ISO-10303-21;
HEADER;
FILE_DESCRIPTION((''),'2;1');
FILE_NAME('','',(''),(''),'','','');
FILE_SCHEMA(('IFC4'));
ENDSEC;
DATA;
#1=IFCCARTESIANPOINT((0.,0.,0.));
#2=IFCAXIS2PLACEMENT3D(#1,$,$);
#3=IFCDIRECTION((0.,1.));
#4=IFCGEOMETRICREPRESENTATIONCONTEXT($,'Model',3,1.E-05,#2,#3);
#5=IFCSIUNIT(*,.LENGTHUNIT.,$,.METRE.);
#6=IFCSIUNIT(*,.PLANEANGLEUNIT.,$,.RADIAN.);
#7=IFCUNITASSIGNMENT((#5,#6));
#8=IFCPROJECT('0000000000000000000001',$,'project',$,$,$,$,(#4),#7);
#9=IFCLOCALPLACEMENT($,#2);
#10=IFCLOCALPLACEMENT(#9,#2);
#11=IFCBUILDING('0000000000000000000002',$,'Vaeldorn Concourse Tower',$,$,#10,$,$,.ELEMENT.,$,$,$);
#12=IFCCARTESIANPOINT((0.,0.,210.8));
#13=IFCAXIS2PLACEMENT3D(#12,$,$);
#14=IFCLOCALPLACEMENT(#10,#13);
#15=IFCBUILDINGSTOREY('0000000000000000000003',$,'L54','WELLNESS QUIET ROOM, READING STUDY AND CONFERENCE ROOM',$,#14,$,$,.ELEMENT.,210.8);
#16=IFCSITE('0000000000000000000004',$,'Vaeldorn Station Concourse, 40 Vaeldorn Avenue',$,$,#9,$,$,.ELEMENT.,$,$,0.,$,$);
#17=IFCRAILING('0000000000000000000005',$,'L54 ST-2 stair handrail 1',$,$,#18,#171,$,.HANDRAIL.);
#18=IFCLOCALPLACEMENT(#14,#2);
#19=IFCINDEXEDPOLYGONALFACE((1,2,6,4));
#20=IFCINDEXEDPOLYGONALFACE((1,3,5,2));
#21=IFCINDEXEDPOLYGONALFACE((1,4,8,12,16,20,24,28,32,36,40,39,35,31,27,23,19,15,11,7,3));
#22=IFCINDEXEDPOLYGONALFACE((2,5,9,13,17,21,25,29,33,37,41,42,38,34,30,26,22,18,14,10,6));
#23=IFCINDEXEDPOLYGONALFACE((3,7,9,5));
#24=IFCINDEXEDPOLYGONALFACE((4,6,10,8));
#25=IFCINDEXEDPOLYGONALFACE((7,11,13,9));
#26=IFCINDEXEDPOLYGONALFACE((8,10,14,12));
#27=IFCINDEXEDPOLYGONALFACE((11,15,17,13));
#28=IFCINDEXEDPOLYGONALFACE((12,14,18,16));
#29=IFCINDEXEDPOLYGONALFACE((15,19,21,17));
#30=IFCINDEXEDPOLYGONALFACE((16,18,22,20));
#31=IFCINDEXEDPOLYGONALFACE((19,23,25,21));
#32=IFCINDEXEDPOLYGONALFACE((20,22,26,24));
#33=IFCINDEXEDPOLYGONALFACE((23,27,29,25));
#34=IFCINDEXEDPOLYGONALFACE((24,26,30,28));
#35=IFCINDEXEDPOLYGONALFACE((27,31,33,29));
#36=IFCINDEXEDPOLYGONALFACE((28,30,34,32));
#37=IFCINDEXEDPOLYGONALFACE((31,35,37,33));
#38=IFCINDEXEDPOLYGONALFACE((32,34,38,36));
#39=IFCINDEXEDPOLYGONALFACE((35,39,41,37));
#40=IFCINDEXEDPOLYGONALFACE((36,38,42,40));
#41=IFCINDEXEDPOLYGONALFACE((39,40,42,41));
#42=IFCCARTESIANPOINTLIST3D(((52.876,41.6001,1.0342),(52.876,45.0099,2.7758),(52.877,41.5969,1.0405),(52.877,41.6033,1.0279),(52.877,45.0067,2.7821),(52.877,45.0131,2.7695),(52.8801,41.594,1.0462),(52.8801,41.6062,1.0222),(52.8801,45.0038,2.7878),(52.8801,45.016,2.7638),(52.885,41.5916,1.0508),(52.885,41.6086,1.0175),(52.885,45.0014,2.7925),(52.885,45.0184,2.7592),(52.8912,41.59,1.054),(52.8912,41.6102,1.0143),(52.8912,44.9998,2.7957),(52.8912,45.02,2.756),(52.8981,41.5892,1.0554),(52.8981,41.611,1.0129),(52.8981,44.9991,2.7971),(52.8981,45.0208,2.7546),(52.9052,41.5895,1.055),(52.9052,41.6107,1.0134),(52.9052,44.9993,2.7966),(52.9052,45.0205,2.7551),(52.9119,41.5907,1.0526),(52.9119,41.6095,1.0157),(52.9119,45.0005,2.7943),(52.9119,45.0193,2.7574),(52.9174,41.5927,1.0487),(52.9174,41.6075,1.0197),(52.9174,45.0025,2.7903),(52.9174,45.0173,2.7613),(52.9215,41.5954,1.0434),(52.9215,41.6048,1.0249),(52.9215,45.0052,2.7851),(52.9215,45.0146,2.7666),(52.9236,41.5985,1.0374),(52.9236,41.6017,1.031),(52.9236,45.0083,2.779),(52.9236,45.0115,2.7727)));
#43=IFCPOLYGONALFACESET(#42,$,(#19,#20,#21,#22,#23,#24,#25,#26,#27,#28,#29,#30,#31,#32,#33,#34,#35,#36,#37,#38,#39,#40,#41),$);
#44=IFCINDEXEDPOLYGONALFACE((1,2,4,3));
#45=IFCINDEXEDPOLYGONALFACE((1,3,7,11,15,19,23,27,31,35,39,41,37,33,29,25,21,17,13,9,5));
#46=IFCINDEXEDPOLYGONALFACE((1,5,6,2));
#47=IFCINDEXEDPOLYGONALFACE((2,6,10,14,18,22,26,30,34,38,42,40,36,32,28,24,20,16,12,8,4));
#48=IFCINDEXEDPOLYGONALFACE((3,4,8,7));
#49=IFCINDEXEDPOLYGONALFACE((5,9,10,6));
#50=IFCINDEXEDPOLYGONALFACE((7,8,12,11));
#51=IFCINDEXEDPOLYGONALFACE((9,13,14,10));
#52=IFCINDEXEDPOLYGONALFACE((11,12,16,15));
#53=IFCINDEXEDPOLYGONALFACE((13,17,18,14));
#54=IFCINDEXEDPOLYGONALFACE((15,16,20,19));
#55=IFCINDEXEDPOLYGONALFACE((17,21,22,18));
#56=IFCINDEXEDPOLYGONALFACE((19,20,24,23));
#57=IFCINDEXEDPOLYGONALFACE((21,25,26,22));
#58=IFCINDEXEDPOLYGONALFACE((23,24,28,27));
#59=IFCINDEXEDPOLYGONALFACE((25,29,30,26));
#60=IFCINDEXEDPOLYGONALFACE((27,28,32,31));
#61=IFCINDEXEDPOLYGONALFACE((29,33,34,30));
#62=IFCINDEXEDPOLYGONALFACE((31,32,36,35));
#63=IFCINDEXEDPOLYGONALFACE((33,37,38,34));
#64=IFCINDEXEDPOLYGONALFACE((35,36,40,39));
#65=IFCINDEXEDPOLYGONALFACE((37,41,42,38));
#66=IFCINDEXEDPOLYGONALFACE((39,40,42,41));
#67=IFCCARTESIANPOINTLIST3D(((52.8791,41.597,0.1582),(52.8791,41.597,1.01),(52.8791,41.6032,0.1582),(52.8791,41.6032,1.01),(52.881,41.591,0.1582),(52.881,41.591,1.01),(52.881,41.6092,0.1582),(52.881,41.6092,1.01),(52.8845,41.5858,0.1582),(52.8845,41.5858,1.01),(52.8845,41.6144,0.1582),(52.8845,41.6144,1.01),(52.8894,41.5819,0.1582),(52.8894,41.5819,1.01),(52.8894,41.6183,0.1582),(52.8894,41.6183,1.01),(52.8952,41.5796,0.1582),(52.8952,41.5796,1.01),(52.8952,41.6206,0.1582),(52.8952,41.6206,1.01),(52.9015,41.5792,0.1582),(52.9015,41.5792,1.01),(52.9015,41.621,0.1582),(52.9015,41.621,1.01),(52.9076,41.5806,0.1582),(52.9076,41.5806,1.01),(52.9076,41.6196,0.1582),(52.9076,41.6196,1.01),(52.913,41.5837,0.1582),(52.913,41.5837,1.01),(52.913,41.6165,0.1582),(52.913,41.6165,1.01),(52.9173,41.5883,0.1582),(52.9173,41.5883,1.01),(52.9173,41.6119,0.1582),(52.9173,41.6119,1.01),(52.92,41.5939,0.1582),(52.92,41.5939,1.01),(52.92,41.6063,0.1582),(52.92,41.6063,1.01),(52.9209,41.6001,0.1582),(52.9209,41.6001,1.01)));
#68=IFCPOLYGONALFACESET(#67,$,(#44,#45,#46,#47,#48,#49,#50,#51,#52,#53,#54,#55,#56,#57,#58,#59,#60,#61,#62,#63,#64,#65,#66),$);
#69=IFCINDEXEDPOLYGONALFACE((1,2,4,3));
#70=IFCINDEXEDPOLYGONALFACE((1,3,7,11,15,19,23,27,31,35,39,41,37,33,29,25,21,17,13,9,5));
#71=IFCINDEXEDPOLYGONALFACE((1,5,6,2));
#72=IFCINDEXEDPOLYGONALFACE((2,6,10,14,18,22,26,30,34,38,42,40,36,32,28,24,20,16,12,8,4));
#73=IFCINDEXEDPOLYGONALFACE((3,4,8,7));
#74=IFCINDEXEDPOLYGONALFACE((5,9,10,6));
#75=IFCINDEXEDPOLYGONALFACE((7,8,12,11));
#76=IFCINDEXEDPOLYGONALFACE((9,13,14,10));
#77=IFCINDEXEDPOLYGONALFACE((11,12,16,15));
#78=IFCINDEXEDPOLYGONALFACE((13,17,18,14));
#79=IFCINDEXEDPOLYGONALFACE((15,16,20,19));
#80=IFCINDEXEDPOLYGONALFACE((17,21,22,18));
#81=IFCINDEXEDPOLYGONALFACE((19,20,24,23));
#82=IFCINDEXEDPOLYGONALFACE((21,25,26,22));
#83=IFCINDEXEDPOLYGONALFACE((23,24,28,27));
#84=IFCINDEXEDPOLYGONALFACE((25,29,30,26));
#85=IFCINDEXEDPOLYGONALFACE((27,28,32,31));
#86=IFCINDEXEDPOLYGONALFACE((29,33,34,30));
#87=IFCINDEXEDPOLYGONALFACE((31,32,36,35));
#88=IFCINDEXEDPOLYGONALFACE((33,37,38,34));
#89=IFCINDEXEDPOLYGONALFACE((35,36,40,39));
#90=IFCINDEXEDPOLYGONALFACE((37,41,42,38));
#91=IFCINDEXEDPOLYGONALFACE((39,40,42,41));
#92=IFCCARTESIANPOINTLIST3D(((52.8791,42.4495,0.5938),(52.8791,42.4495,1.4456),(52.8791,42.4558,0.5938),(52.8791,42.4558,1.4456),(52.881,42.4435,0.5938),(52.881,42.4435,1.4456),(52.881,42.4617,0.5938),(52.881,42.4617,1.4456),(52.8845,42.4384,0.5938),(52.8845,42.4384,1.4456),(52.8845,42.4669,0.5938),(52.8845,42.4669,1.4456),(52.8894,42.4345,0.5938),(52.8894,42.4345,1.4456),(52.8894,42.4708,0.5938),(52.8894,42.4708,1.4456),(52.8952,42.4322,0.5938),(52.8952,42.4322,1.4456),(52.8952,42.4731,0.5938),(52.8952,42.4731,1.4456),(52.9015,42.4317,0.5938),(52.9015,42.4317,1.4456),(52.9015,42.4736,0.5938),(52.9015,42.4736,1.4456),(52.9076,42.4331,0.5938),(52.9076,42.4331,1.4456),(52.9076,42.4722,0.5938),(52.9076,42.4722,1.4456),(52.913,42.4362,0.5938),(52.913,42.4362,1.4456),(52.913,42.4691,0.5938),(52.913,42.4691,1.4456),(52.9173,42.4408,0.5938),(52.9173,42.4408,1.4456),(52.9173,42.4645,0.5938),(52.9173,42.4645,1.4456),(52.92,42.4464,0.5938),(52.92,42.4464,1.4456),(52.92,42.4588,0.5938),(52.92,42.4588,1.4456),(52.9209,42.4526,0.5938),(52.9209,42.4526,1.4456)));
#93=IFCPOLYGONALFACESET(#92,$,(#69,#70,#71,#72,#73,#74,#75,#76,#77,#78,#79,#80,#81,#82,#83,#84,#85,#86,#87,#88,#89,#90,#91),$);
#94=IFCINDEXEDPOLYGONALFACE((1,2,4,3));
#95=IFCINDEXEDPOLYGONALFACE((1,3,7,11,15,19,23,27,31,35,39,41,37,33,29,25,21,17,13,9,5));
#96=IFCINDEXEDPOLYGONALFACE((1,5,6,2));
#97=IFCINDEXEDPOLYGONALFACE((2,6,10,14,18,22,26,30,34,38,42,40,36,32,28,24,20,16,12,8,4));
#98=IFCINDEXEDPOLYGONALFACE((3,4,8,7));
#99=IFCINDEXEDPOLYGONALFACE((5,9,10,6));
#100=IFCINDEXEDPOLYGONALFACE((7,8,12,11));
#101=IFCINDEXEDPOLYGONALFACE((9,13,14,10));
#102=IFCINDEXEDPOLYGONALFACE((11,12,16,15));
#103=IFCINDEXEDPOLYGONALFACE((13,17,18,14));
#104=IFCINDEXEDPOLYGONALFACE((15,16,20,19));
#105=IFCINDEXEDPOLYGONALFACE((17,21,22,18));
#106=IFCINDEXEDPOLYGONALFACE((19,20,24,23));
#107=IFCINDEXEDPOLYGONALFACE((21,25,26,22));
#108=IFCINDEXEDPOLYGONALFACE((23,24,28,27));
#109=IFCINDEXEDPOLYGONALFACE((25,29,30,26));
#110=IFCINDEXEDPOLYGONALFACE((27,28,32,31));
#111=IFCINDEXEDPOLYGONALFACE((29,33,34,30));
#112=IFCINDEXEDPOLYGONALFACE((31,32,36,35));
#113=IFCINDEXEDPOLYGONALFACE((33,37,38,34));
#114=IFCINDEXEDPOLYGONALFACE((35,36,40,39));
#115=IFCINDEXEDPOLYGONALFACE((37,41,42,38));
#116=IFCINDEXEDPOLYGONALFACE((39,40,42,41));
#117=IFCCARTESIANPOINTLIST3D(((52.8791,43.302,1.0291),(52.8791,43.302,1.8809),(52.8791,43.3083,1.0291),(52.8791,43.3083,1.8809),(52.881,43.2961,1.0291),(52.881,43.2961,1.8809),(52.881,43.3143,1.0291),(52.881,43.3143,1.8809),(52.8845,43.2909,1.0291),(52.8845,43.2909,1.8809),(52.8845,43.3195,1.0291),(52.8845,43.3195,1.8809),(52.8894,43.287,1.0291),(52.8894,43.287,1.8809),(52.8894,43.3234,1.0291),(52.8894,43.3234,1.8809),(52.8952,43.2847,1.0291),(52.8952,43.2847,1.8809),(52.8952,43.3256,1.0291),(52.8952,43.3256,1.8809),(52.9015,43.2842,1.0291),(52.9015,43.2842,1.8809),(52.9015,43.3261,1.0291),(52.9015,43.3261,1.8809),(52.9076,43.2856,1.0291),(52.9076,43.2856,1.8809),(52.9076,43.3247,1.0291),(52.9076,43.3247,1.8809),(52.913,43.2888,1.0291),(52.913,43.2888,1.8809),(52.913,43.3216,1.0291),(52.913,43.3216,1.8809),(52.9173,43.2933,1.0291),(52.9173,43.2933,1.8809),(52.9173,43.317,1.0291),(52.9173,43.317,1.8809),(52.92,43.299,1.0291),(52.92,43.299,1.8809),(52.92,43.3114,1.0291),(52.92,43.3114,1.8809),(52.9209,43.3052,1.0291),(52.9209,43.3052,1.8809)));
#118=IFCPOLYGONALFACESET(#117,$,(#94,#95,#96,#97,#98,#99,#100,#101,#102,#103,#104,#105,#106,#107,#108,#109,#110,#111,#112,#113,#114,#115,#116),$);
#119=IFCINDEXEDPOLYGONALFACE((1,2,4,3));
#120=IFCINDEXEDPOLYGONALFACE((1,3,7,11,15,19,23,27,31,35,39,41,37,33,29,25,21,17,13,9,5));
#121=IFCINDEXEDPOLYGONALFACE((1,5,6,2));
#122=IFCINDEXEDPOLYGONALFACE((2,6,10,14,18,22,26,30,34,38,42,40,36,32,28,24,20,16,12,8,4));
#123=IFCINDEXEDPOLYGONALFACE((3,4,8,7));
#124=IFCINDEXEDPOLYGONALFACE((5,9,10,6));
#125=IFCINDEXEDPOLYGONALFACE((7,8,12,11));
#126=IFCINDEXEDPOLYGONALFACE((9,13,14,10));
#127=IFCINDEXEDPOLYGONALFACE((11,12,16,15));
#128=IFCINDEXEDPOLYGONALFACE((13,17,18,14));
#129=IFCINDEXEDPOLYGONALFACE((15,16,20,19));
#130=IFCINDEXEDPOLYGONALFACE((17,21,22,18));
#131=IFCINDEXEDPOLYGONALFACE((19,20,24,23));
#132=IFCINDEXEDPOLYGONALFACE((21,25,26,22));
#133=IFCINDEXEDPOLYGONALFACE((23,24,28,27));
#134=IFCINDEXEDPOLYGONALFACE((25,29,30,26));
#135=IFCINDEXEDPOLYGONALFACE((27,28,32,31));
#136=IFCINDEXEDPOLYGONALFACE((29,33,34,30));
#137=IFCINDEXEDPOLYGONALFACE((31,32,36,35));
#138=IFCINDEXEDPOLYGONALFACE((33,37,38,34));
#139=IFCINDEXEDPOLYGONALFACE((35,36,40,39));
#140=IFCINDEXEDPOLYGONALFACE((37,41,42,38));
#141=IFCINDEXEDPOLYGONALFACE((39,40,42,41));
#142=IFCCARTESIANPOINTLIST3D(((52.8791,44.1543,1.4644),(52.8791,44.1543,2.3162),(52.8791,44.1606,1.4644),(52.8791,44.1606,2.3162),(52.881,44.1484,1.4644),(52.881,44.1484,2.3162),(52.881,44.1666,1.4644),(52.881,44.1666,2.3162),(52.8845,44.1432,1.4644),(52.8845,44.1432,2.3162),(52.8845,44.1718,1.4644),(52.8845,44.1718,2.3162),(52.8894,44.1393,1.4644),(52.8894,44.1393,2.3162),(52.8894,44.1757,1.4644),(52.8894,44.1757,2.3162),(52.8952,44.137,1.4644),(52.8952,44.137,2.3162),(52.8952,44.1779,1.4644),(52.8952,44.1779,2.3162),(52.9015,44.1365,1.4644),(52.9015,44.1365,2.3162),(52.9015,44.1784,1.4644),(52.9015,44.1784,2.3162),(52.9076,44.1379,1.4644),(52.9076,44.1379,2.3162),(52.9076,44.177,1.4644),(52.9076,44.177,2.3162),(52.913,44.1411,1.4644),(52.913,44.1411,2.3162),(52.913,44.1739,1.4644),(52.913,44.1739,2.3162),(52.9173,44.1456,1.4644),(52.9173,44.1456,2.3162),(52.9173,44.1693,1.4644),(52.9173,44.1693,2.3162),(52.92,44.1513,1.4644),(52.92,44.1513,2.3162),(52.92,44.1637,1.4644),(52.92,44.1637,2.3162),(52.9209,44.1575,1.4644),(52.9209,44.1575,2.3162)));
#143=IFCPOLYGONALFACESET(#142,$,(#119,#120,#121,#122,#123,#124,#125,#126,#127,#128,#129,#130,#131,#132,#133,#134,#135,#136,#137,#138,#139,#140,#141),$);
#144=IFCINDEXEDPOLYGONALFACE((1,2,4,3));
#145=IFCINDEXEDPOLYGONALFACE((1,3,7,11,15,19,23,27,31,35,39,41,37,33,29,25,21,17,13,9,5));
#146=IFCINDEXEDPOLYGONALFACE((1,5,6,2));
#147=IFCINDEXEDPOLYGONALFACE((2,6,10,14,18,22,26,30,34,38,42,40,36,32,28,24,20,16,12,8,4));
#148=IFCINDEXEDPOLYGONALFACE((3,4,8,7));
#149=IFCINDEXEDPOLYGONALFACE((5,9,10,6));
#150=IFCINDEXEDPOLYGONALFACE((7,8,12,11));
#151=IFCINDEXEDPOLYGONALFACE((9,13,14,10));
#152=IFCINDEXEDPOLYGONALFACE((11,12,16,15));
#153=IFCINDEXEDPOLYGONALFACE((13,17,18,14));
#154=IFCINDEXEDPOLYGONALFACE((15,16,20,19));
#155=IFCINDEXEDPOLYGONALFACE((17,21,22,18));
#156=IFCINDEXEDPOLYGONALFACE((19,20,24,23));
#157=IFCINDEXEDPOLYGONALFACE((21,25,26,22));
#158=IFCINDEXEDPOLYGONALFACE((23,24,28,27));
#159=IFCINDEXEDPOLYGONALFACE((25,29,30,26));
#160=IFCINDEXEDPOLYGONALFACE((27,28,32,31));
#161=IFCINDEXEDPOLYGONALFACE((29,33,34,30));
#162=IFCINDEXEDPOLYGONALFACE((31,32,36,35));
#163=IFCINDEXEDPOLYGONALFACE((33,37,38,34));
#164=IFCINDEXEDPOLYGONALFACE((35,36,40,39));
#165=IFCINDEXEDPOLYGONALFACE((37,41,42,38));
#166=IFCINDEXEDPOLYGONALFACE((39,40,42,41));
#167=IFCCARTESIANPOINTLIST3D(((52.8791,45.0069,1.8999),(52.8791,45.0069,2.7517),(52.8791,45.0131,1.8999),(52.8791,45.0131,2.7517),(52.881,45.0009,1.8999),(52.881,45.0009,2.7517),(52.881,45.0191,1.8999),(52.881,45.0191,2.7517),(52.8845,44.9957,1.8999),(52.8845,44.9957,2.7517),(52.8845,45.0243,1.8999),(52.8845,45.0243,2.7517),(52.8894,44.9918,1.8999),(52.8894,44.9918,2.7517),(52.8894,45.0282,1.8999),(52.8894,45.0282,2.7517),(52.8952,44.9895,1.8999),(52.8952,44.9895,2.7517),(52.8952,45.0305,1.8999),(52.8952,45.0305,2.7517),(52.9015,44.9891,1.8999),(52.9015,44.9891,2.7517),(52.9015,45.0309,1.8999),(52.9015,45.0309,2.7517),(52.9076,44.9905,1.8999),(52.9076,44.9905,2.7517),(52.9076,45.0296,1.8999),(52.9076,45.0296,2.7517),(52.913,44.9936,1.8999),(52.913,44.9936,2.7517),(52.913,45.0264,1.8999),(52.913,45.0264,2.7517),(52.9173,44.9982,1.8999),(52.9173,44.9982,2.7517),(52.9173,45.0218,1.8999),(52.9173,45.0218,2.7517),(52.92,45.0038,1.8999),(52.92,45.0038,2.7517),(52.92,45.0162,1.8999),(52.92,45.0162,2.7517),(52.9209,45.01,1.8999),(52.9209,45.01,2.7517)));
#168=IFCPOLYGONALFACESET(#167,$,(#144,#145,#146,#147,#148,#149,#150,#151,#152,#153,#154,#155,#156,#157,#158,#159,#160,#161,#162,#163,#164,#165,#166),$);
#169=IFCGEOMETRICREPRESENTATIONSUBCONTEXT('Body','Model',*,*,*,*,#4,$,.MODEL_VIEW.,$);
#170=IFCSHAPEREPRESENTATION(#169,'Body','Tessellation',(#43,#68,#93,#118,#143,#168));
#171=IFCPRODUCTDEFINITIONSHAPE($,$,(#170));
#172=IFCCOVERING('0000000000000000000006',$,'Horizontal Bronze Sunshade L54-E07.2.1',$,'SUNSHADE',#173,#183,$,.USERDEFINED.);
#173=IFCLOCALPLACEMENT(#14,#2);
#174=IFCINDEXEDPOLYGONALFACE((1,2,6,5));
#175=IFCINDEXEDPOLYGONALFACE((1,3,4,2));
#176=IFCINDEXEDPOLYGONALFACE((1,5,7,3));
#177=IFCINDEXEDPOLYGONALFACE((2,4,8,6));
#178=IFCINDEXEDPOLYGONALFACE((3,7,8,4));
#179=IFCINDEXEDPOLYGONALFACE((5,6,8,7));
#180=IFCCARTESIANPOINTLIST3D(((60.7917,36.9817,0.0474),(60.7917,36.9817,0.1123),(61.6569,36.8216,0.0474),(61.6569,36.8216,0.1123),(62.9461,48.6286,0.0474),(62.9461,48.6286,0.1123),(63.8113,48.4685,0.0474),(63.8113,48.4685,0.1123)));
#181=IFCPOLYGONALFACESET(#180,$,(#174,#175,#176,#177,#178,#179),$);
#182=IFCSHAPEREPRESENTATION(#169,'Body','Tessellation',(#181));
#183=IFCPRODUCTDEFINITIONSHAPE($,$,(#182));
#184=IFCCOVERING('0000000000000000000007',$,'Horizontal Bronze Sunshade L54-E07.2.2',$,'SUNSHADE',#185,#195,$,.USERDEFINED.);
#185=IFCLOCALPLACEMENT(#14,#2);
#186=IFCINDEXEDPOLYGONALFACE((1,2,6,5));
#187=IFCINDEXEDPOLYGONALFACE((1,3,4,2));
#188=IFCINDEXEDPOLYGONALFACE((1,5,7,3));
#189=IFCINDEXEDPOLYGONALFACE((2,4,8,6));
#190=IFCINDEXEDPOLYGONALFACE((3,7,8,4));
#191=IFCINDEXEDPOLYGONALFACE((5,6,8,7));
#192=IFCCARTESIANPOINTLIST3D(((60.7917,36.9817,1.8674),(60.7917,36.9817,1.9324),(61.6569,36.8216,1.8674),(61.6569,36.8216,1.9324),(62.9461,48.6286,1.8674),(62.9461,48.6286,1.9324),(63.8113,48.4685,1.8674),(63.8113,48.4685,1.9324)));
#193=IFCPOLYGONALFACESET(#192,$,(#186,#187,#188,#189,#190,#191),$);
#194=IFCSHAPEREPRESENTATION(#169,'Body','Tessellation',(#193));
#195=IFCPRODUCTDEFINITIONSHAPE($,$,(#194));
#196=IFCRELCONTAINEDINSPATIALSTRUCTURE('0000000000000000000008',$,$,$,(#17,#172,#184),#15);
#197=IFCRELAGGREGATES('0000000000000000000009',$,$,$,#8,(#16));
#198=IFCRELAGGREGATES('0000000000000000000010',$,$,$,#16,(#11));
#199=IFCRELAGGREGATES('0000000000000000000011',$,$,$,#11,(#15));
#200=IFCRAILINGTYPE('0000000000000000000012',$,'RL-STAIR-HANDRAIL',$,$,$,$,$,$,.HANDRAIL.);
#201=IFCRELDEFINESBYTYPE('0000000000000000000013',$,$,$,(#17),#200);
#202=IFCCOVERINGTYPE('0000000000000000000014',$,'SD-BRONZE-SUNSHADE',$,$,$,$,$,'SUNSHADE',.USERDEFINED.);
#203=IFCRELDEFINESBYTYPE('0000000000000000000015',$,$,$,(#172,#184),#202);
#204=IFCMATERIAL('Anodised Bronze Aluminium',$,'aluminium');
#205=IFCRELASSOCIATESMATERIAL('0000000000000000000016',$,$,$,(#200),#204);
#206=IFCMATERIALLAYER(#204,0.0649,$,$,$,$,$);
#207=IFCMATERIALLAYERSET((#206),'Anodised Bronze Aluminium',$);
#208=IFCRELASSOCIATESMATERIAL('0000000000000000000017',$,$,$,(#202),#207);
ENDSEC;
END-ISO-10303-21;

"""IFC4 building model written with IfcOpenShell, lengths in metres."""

from ifc_helpers import new_model, si_unit, direction, frame, origin, origin_2d, place, context, subcontext, project, spatial, rectangle, circle, extrude, source, transform, mapped, material, layer, layer_set, type_object, element, save


model = new_model("IFC4")

# Units and contexts
model_context = context("Model", 3, precision=1e-05, world=origin(), true_north=direction((0.0, 1.0)))
body_context = subcontext(model_context, "Body", "Model", "MODEL_VIEW")
ifc_project = project(units=[si_unit("LENGTHUNIT", "METRE"), si_unit("PLANEANGLEUNIT", "RADIAN")], contexts=[model_context])

# Site, building, storey
site_placement = place(None, origin())
site = spatial("IfcSite", under=ifc_project, at=site_placement, Name="Vaeldorn Station Concourse, 40 Vaeldorn Avenue", CompositionType="ELEMENT", RefElevation=0.0)
building_placement = place(site_placement, origin())
building = spatial("IfcBuilding", under=site, at=building_placement, Name="Vaeldorn Concourse Tower", CompositionType="ELEMENT")
storey_placement = place(building_placement, frame((0.0, 0.0, 210.8)))
storey = spatial("IfcBuildingStorey", under=building, at=storey_placement, Name="L54", Description="WELLNESS QUIET ROOM, READING STUDY AND CONFERENCE ROOM", CompositionType="ELEMENT", Elevation=210.8)

# Shared definitions
ifc_material_1 = material(Name="Anodised Bronze Aluminium", Category="aluminium")

# Railing
railing_type_1 = type_object("IfcRailingType", Name="RL-STAIR-HANDRAIL", PredefinedType="HANDRAIL", material=ifc_material_1)
railing_1_placement = place(storey_placement, frame((52.8999, 41.6001, 0.1582)))
element("IfcRailing", 1, at=railing_1_placement, inside=storey, type_object=railing_type_1, Name="L54 ST-2 stair handrail 1", PredefinedType="HANDRAIL", context=body_context, shape_type="SweptSolid", body=[
    extrude(circle(Radius=0.0239, at=origin_2d()), frame((0.0, 0.0, 0.876), z_axis=(0.0, 0.890556, 0.454874), x_axis=(-1.0, 0.0, 0.0)), (0.0, 0.0, 1.0), 3.8289),
    extrude(circle(Radius=0.021, at=origin_2d()), origin(), (0.0, 0.0, 1.0), 0.8518),
    extrude(circle(Radius=0.021, at=origin_2d()), frame((0.0, 0.8525, 0.4355)), (0.0, 0.0, 1.0), 0.8518),
    extrude(circle(Radius=0.021, at=origin_2d()), frame((0.0, 1.7051, 0.8708)), (0.0, 0.0, 1.0), 0.8518),
    extrude(circle(Radius=0.021, at=origin_2d()), frame((0.0, 2.5574, 1.3062)), (0.0, 0.0, 1.0), 0.8518),
    extrude(circle(Radius=0.021, at=origin_2d()), frame((0.0, 3.4099, 1.7417)), (0.0, 0.0, 1.0), 0.8518),
])

# Coverings
ifc_layer_1 = layer(ifc_material_1, 0.0649)
ifc_layer_set_1 = layer_set([ifc_layer_1], Name="Anodised Bronze Aluminium")
covering_type = type_object("IfcCoveringType", Name="SD-BRONZE-SUNSHADE", ElementType="SUNSHADE", PredefinedType="USERDEFINED", material=ifc_layer_set_1)
shared_shape_1 = source(origin(), body_context, "Body", "SweptSolid", [
    extrude(rectangle(XDim=11.8445, YDim=0.8799, at=origin_2d()), origin(), (0.0, 0.0, 1.0), 0.0649),
])
for number, where, z_axis, x_axis, name in (
    (2, (62.3015, 42.7251, 0.0474), (0.0, 0.0, 1.0), (0.181892, 0.983318, 0.0), "Horizontal Bronze Sunshade L54-E07.2.1"),
    (3, (62.3015, 42.7251, 1.8674), (0.0, 0.0, 1.0), (0.181892, 0.983318, 0.0), "Horizontal Bronze Sunshade L54-E07.2.2"),
):
    element("IfcCovering", number, at=place(storey_placement, frame(where, z_axis=z_axis, x_axis=x_axis)), inside=storey, type_object=covering_type, Name=name, ObjectType="SUNSHADE", PredefinedType="USERDEFINED", context=body_context, shape_type="MappedRepresentation", body=[
        mapped(shared_shape_1, transform((0.0, 0.0, 0.0), scale=1.0)),
    ])

save(model, "model.ifc")
